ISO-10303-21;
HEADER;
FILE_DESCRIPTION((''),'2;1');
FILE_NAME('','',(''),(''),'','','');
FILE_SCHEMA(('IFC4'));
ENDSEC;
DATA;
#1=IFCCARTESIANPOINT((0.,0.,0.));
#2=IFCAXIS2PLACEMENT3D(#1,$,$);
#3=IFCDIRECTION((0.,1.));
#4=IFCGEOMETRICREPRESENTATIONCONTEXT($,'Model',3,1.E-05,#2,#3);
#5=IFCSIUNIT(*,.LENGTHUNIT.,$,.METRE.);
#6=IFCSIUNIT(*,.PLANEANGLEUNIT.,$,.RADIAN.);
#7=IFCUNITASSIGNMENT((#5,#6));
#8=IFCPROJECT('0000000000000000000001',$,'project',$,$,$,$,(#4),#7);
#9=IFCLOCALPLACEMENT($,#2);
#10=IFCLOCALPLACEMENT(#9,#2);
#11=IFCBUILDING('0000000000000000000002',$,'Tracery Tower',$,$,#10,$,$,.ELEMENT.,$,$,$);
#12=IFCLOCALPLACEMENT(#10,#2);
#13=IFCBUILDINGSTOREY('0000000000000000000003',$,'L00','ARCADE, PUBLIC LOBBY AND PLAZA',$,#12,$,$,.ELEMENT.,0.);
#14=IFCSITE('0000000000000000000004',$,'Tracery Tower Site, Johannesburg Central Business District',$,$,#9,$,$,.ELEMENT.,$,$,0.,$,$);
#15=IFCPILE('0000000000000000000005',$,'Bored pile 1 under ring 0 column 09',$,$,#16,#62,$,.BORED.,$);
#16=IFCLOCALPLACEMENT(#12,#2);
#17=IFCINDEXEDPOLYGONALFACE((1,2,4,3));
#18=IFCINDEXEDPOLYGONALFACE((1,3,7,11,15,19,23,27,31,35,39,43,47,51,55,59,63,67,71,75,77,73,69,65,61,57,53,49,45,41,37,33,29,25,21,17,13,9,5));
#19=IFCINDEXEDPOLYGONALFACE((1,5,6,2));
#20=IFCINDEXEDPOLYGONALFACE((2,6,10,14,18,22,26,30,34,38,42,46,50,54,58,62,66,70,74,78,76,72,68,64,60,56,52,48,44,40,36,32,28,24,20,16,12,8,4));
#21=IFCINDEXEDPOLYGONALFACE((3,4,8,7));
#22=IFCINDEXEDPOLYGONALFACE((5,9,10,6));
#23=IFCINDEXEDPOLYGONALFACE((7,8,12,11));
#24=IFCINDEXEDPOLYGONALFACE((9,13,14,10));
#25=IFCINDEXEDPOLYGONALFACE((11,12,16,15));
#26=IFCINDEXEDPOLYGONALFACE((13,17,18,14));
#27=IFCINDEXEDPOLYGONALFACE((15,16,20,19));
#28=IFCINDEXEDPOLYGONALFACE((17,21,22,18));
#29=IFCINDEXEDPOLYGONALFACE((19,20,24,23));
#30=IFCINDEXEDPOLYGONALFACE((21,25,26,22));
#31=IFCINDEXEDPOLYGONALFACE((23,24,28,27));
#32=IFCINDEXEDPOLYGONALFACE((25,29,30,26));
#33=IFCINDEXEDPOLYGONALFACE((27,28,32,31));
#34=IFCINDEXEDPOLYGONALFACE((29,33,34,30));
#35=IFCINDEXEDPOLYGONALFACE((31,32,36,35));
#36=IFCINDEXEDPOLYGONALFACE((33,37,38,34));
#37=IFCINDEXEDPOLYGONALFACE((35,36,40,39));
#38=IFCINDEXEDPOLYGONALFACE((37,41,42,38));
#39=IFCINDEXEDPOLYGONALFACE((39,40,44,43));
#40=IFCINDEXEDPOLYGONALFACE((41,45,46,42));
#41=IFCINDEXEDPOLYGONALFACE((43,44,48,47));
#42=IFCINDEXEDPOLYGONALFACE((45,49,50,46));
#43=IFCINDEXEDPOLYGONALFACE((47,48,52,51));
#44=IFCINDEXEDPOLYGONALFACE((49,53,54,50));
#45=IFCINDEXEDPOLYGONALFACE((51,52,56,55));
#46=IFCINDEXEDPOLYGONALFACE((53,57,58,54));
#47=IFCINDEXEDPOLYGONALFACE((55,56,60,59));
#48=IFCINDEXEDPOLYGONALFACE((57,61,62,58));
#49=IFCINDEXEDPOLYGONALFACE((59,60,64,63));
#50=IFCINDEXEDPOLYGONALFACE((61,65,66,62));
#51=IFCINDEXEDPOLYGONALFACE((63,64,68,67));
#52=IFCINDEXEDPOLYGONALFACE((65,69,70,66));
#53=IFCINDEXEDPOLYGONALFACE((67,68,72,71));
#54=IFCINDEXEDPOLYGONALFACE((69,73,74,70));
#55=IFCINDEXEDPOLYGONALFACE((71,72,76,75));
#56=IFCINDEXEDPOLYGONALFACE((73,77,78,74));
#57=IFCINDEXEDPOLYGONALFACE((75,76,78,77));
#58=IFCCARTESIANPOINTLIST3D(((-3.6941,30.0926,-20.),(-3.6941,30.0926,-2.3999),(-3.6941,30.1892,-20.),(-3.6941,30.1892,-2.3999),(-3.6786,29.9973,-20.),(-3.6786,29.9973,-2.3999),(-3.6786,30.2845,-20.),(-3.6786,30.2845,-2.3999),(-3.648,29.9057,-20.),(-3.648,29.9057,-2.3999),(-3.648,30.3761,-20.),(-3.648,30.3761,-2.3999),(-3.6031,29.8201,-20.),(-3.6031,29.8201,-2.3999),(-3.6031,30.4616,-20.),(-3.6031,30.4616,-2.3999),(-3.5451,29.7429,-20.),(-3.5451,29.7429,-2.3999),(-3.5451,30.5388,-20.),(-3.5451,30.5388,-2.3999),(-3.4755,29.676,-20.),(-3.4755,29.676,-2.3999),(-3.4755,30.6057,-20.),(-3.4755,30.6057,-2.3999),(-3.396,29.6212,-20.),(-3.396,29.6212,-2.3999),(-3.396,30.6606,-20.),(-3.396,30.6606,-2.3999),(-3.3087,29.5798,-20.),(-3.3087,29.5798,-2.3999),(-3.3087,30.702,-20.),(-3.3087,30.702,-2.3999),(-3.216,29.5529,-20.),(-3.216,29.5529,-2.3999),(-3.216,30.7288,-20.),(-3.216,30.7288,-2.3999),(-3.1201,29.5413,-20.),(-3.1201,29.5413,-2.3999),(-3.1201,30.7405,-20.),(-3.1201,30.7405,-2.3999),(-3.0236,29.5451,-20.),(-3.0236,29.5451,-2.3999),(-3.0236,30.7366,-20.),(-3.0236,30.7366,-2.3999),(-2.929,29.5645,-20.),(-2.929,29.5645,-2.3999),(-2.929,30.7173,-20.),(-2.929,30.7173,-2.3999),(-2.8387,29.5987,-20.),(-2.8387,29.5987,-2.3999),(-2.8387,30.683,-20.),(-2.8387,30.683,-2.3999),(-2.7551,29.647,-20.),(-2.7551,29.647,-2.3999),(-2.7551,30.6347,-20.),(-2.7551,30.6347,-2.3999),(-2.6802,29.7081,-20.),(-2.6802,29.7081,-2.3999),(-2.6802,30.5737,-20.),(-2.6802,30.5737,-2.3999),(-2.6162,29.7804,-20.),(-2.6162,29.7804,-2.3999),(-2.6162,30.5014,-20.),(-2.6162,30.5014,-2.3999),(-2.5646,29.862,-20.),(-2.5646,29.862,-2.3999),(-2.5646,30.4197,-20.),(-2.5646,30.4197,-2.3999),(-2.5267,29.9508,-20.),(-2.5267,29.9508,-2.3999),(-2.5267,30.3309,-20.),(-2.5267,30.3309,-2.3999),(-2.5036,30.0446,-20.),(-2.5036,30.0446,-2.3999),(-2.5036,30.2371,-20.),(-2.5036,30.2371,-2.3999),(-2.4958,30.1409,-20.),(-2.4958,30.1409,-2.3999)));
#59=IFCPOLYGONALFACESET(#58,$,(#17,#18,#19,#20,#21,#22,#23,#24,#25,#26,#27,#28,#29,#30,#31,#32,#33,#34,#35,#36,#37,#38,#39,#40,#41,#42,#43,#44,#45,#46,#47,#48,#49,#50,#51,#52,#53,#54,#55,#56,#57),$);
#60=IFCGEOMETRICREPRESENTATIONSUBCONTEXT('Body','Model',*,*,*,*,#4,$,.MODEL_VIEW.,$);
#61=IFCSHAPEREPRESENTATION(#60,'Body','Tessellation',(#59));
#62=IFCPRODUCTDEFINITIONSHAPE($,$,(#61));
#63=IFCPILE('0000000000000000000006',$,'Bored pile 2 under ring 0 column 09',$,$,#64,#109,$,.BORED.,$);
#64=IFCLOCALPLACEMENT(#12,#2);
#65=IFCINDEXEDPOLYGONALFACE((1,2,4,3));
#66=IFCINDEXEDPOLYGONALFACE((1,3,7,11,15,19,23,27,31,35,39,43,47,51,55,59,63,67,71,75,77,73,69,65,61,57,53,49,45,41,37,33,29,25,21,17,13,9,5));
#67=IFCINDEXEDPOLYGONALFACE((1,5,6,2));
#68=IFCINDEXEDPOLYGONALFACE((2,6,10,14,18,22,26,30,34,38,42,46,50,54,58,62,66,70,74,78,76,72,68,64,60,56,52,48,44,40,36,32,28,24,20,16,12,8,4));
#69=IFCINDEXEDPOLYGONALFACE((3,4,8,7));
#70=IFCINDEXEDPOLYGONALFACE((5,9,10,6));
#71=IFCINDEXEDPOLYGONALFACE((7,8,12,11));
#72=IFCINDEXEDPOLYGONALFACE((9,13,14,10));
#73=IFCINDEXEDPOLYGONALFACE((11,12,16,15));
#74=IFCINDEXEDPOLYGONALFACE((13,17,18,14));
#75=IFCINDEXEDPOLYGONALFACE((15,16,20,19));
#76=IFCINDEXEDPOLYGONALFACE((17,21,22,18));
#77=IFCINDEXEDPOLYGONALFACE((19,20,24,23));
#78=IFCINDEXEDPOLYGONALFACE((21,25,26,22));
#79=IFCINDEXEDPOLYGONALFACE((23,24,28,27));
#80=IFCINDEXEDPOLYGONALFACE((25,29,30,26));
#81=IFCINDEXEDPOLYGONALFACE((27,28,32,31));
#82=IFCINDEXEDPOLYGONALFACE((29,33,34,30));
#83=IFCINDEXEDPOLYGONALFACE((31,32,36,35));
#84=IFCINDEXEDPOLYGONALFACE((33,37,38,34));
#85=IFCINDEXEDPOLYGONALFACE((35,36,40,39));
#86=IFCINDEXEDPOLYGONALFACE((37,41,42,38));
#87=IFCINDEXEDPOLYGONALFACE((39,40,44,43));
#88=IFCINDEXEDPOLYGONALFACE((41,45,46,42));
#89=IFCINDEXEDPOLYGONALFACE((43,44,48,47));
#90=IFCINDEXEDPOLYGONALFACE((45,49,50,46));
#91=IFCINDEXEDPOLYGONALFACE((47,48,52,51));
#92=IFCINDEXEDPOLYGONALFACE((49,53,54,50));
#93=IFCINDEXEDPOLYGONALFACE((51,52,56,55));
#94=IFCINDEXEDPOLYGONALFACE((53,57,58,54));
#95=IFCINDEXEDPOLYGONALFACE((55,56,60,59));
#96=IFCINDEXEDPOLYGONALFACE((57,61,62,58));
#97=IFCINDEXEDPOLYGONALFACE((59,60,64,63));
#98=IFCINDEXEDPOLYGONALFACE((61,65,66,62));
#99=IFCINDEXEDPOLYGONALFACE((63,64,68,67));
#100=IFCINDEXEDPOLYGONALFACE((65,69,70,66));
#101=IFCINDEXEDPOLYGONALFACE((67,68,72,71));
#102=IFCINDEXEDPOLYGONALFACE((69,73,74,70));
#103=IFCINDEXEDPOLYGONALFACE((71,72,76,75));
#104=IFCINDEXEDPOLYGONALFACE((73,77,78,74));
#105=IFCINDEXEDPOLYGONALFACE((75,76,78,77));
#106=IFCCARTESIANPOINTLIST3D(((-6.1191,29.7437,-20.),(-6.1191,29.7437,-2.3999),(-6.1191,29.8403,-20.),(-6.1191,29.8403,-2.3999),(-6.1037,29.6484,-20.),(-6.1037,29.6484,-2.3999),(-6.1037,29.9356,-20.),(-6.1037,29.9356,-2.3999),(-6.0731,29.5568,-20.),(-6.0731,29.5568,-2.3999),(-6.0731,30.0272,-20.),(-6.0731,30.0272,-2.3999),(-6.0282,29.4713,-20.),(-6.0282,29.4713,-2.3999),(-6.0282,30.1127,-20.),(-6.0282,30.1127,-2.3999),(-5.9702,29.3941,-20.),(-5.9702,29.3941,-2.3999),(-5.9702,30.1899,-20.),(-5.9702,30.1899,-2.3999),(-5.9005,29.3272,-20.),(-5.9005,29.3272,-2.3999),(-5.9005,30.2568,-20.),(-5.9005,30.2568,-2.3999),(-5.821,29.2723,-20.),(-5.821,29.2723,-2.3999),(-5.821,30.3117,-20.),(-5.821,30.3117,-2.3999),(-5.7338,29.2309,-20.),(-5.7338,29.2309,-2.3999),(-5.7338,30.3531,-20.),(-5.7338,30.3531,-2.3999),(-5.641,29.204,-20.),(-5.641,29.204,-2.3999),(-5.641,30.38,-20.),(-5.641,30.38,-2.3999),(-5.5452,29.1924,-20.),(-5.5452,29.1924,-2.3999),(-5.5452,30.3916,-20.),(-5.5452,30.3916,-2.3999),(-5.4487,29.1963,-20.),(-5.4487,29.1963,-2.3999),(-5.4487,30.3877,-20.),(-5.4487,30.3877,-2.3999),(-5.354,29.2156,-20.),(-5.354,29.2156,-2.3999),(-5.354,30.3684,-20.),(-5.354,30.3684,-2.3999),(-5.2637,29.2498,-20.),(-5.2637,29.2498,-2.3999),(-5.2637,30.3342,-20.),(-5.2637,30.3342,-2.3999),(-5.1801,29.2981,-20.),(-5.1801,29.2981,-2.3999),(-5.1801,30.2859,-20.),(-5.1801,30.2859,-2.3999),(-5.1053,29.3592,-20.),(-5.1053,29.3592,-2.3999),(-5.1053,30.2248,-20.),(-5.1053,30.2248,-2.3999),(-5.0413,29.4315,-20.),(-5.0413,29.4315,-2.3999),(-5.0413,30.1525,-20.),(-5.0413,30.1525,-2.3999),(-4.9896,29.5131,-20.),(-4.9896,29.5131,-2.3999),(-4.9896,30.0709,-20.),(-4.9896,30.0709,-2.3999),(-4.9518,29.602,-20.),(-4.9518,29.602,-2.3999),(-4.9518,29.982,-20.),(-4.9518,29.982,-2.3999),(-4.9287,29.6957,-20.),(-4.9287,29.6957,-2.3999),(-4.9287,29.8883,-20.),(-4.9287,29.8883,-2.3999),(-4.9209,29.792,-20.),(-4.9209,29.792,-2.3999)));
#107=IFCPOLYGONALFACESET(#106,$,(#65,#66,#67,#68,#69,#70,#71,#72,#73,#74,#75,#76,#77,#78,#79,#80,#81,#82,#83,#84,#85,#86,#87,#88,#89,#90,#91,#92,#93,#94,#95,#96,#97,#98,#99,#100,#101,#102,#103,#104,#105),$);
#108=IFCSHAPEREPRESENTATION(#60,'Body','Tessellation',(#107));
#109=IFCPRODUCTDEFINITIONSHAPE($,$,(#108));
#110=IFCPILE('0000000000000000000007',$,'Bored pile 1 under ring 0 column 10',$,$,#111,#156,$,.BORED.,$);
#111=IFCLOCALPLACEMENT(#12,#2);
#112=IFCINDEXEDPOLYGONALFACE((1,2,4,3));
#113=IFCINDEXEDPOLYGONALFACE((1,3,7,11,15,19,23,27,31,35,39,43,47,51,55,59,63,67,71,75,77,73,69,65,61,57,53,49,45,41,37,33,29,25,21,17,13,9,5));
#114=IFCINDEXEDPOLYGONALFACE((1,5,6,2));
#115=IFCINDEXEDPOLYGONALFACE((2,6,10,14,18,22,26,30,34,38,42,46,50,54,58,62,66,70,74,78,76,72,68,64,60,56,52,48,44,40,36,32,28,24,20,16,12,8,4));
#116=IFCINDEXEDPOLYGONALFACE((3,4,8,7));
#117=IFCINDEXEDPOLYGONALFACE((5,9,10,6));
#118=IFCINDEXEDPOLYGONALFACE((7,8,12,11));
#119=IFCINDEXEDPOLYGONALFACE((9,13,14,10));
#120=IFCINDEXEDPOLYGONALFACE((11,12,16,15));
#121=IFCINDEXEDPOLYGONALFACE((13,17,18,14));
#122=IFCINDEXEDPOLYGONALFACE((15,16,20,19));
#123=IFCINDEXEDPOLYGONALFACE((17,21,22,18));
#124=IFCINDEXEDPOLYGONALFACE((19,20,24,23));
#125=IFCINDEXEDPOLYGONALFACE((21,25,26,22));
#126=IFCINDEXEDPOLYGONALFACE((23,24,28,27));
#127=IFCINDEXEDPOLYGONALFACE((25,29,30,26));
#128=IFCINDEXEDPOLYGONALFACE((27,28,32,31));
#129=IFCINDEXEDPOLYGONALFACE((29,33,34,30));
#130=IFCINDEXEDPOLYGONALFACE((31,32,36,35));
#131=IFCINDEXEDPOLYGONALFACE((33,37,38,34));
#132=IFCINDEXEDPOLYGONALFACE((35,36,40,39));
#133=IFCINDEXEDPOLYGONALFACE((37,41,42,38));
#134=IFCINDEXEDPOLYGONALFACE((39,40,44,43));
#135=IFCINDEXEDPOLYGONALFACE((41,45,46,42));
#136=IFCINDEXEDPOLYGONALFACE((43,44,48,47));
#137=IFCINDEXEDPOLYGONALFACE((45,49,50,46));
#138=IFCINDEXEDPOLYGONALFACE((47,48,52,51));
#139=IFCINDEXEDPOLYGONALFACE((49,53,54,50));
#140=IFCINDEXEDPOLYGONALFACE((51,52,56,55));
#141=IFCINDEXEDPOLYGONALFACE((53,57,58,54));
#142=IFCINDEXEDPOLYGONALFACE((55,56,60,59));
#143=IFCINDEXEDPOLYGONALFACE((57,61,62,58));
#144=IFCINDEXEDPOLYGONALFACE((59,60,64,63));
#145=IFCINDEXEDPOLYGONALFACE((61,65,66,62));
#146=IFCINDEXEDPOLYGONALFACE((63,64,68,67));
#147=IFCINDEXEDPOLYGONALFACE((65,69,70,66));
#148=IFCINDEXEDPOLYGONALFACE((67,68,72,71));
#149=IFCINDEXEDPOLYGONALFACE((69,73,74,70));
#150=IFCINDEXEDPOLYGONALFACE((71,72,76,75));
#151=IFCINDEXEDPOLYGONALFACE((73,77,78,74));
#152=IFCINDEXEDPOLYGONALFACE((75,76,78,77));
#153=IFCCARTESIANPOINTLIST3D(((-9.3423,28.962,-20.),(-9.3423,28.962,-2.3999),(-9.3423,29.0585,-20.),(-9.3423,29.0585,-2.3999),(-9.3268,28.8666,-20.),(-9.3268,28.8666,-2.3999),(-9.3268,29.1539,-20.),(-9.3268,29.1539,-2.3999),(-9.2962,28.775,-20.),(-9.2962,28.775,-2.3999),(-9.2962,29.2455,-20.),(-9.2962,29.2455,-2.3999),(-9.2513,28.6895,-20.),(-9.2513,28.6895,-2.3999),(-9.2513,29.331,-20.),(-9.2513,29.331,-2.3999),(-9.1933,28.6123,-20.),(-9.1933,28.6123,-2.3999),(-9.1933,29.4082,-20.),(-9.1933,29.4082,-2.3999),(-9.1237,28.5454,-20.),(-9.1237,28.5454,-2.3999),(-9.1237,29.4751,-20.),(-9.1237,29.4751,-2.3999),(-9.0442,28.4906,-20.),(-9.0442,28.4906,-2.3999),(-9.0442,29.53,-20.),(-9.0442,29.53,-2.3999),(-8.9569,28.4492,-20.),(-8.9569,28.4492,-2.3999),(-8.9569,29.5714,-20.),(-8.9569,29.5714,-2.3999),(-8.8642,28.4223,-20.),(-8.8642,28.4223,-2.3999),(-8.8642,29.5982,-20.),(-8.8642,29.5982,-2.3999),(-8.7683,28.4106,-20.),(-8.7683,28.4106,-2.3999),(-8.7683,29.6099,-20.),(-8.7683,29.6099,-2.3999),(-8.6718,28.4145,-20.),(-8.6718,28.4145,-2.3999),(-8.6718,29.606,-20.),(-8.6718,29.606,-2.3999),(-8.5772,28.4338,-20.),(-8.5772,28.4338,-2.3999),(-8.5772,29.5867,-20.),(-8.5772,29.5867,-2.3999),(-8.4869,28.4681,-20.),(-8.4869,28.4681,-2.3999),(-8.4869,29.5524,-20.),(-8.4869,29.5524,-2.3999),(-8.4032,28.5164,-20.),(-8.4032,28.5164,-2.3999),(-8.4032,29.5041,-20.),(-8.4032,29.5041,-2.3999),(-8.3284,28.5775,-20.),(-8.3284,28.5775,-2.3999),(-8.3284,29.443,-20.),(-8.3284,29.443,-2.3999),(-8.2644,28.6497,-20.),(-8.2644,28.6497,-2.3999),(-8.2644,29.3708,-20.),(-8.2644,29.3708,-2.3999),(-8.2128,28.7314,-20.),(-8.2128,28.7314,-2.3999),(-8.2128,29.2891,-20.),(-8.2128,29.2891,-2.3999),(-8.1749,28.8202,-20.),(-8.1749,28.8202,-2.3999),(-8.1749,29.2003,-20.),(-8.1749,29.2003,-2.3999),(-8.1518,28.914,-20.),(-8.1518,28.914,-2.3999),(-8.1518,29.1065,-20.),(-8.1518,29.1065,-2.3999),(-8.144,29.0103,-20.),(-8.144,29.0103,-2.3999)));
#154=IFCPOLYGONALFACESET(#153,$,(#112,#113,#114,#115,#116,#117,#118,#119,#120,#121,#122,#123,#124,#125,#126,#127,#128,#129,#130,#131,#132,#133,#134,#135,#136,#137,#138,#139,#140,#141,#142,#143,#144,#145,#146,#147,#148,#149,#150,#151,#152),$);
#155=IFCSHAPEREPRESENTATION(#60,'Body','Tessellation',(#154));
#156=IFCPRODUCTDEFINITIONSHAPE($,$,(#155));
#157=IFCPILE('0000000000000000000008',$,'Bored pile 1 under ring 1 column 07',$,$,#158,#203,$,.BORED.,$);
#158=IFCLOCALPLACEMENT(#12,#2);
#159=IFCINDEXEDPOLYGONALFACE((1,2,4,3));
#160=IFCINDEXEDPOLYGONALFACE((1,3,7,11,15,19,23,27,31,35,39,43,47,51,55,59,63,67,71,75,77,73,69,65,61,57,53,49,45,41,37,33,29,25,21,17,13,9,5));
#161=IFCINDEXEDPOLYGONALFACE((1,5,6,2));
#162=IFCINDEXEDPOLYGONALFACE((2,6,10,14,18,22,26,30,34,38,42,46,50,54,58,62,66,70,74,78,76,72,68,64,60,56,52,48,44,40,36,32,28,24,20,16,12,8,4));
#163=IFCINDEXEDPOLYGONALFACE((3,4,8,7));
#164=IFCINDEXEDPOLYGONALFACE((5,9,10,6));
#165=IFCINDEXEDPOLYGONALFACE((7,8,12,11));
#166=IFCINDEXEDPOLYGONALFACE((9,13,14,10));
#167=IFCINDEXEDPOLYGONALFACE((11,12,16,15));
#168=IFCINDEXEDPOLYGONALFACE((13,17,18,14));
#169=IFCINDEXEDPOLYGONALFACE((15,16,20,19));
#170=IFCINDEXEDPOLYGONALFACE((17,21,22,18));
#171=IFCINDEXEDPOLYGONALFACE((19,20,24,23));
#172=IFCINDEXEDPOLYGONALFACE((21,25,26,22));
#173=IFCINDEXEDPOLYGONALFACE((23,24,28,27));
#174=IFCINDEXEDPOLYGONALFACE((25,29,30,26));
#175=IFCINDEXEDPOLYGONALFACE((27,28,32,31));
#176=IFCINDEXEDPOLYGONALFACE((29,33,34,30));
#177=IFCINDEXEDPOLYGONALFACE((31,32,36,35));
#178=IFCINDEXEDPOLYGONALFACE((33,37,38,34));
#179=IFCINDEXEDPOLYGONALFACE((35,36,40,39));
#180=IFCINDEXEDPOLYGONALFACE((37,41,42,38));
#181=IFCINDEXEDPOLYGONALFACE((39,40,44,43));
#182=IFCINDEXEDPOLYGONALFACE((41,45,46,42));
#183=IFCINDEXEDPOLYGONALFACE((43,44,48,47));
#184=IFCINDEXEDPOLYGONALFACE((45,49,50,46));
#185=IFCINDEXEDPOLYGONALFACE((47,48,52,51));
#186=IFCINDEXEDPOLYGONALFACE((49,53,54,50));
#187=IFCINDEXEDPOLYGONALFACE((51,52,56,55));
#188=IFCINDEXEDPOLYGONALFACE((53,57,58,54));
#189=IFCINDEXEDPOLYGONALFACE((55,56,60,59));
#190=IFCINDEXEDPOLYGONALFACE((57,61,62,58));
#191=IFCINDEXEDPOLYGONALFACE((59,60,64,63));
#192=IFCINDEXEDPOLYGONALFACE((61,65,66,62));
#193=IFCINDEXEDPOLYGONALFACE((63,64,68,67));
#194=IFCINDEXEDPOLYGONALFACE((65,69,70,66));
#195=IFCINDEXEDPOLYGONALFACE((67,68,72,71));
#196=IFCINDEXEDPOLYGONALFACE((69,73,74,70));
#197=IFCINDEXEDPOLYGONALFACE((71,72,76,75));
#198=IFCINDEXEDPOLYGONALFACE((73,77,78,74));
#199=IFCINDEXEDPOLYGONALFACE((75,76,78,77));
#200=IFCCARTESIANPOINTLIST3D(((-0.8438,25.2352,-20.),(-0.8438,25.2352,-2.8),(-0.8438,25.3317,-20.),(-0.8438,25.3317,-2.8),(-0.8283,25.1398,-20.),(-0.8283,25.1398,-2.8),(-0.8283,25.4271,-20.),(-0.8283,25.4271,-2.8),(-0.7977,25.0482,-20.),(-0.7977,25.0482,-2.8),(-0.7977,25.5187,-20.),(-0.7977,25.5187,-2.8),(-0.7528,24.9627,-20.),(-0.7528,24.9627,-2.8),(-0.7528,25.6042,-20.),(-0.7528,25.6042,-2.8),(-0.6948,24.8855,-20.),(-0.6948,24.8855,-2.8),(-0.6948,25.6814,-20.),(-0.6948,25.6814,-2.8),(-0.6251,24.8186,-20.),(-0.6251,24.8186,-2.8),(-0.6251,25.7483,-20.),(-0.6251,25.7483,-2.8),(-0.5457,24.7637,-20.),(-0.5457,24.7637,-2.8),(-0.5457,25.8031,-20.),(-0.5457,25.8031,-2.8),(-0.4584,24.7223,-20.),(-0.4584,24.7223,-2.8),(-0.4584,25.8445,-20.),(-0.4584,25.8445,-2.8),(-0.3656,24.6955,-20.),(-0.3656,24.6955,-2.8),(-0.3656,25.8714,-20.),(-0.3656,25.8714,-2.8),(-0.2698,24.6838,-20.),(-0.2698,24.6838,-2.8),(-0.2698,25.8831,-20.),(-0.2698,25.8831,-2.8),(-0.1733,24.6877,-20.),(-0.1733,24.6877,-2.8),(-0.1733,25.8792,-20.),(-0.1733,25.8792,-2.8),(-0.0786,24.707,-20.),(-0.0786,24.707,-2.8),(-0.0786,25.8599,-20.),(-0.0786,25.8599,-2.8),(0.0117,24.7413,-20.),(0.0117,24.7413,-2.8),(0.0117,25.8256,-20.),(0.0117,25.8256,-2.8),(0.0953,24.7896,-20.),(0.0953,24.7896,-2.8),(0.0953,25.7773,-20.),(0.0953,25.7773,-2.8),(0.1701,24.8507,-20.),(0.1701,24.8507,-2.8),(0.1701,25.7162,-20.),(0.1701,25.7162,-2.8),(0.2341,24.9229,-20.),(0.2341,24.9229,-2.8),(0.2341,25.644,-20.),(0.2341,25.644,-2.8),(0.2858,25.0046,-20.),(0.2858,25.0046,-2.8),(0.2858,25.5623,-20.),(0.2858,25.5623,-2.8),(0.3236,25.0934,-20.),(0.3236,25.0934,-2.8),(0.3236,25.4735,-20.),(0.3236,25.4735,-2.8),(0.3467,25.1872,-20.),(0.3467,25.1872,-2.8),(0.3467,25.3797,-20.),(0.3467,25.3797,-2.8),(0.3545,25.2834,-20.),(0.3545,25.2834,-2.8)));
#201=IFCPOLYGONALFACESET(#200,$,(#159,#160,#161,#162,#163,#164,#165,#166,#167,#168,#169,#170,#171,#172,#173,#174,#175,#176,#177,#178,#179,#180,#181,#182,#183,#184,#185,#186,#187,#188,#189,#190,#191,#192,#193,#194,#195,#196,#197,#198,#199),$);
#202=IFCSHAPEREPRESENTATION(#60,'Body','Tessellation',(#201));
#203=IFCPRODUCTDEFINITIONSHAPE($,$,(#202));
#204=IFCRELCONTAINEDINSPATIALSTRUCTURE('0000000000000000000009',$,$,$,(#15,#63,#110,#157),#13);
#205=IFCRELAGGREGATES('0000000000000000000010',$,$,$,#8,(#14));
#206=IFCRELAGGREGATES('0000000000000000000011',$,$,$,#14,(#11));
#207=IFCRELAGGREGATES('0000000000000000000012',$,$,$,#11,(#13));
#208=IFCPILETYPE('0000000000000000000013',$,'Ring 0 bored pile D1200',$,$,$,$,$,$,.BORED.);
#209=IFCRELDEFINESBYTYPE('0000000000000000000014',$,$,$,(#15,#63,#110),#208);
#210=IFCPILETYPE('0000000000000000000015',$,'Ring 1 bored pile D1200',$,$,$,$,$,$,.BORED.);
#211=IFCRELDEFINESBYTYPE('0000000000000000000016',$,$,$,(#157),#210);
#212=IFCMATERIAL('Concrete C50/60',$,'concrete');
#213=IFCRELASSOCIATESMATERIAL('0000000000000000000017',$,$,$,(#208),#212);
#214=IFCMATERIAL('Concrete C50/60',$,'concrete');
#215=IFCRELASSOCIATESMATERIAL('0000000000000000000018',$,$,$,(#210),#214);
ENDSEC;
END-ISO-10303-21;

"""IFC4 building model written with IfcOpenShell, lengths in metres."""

from ifc_helpers import new_model, si_unit, direction, frame, origin, origin_2d, place, context, subcontext, project, spatial, circle, extrude, material, material_profile, profile_set, type_object, element, save


model = new_model("IFC4")

# Units and contexts
model_context = context("Model", 3, precision=1e-05, world=origin(), true_north=direction((0.0, 1.0)))
body_context = subcontext(model_context, "Body", "Model", "MODEL_VIEW")
ifc_project = project(units=[si_unit("LENGTHUNIT", "METRE"), si_unit("PLANEANGLEUNIT", "RADIAN")], contexts=[model_context])

# Site, building, storey
site_placement = place(None, origin())
site = spatial("IfcSite", under=ifc_project, at=site_placement, Name="Tracery Tower Site, Johannesburg Central Business District", CompositionType="ELEMENT", RefElevation=0.0)
building_placement = place(site_placement, origin())
building = spatial("IfcBuilding", under=site, at=building_placement, Name="Tracery Tower", CompositionType="ELEMENT")
storey_placement = place(building_placement, origin())
storey = spatial("IfcBuildingStorey", under=building, at=storey_placement, Name="L00", Description="ARCADE, PUBLIC LOBBY AND PLAZA", CompositionType="ELEMENT", Elevation=0.0)

# Piles
ifc_material_1 = material(Name="Concrete C50/60", Category="concrete")
ifc_material_profile_1 = material_profile(ifc_material_1, circle(Radius=0.6001, at=origin_2d()), Name="RC D1200")
ifc_profile_set_1 = profile_set([ifc_material_profile_1], Name="Concrete C50/60")
pile_type_1 = type_object("IfcPileType", Name="Ring 0 bored pile D1200", PredefinedType="BORED", material=ifc_profile_set_1)
for number, where, z_axis, x_axis, name in (
    (1, (-3.0959, 30.1409, -2.3999), (0.0, 0.0, -1.0), (1.0, 0.0, 0.0), "Bored pile 1 under ring 0 column 09"),
    (2, (-5.521, 29.792, -2.3999), (0.0, 0.0, -1.0), (1.0, 0.0, 0.0), "Bored pile 2 under ring 0 column 09"),
    (3, (-8.7441, 29.0103, -2.3999), (0.0, 0.0, -1.0), (1.0, 0.0, 0.0), "Bored pile 1 under ring 0 column 10"),
):
    element("IfcPile", number, at=place(storey_placement, frame(where, z_axis=z_axis, x_axis=x_axis)), inside=storey, type_object=pile_type_1, Name=name, PredefinedType="BORED", context=body_context, shape_type="SweptSolid", body=[
        extrude(circle(Radius=0.6001, at=origin_2d()), origin(), (0.0, 0.0, 1.0), 17.6001),
    ])
ifc_material_2 = material(Name="Concrete C50/60", Category="concrete")
ifc_material_profile_2 = material_profile(ifc_material_2, circle(Radius=0.6001, at=origin_2d()), Name="RC D1200")
ifc_profile_set_2 = profile_set([ifc_material_profile_2], Name="Concrete C50/60")
pile_type_2 = type_object("IfcPileType", Name="Ring 1 bored pile D1200", PredefinedType="BORED", material=ifc_profile_set_2)
for number, where, z_axis, x_axis, name in (
    (4, (-0.2456, 25.2834, -2.8), (0.0, 0.0, -1.0), (1.0, 0.0, 0.0), "Bored pile 1 under ring 1 column 07"),
):
    element("IfcPile", number, at=place(storey_placement, frame(where, z_axis=z_axis, x_axis=x_axis)), inside=storey, type_object=pile_type_2, Name=name, PredefinedType="BORED", context=body_context, shape_type="SweptSolid", body=[
        extrude(circle(Radius=0.6001, at=origin_2d()), origin(), (0.0, 0.0, 1.0), 17.2),
    ])

save(model, "model.ifc")
